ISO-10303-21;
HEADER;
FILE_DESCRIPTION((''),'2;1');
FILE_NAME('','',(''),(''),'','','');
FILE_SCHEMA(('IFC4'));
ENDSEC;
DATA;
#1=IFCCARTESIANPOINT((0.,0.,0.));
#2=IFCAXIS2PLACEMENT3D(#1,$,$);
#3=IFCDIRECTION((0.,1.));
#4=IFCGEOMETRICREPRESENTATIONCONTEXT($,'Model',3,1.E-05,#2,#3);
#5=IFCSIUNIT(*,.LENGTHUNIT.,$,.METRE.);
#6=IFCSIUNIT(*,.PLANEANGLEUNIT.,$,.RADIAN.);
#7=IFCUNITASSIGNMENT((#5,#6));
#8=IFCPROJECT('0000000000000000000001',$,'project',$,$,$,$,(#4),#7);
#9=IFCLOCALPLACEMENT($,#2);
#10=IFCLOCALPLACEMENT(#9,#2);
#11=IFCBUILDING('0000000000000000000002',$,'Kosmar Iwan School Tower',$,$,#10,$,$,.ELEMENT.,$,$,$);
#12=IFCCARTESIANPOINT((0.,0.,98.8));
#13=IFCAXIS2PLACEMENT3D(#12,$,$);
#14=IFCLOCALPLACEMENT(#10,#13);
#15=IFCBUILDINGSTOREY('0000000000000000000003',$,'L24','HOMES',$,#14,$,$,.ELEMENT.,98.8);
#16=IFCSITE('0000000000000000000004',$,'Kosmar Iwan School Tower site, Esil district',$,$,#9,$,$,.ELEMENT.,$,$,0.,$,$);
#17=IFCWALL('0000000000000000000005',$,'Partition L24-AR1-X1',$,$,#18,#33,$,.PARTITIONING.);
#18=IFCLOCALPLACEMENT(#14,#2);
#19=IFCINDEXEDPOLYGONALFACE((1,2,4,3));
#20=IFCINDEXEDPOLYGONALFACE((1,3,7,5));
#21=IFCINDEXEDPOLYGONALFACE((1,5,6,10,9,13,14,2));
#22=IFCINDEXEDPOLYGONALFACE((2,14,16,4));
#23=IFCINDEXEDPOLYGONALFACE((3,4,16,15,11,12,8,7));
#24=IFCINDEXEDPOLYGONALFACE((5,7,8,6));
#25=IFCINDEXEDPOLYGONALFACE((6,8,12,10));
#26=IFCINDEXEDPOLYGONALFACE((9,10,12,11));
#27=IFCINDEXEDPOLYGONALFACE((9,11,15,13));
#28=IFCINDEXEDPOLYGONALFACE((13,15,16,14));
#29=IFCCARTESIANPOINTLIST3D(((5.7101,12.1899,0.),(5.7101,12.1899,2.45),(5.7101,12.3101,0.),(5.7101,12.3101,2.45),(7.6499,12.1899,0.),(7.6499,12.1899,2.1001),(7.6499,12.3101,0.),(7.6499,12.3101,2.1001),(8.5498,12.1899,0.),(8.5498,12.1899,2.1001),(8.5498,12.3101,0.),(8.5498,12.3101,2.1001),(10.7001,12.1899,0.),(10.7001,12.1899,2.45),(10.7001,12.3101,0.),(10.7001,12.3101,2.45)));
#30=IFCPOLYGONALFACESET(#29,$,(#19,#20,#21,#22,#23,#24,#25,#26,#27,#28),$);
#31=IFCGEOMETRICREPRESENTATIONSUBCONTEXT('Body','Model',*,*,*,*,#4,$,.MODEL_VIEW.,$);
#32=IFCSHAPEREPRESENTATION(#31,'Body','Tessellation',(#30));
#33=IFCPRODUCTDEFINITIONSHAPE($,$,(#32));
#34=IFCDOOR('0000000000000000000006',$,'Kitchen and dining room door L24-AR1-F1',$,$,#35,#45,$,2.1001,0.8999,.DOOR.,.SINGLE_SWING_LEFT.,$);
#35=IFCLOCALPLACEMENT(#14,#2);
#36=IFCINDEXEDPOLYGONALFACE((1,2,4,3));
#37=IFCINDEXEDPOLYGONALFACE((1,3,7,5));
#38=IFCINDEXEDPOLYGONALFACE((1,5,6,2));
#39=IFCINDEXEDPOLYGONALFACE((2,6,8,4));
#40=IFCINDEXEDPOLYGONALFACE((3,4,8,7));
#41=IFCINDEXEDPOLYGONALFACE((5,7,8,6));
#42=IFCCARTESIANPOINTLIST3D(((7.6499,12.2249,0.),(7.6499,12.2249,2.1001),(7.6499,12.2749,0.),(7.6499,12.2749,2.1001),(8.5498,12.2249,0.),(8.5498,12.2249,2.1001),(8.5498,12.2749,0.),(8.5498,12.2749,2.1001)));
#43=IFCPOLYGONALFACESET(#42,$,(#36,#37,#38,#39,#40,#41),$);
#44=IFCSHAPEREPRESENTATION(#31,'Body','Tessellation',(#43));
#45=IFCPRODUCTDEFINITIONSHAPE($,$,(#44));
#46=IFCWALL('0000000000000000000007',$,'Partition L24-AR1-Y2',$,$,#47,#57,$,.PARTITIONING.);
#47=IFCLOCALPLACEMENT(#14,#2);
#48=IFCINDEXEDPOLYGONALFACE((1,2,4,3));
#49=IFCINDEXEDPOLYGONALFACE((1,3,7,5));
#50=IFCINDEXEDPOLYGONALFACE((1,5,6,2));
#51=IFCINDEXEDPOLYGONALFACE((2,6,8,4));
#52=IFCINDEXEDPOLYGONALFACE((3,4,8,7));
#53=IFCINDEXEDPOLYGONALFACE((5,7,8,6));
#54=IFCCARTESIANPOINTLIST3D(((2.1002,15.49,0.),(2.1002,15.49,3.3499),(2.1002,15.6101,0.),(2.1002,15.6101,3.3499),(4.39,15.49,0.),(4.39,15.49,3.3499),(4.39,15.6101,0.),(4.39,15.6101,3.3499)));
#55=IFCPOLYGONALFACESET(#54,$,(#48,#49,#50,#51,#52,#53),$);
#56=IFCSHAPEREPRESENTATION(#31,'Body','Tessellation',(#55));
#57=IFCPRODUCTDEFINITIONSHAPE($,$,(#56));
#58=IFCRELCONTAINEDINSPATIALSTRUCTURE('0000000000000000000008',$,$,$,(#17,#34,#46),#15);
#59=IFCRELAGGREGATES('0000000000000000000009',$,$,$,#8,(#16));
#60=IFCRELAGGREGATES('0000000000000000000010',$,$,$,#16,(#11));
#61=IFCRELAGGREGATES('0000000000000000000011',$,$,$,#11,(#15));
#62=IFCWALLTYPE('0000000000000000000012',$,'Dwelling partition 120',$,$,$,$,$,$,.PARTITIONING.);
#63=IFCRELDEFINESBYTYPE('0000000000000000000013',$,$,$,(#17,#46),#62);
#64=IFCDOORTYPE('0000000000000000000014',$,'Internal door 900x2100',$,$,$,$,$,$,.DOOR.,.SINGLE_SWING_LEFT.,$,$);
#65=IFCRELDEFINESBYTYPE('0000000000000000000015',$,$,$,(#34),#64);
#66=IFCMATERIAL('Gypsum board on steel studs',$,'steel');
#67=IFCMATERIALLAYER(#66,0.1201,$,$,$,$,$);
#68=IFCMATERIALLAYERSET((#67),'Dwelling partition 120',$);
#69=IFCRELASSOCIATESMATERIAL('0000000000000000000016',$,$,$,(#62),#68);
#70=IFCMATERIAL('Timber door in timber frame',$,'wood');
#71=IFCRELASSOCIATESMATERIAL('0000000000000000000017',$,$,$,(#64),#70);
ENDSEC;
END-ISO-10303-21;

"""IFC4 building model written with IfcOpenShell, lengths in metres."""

from ifc_helpers import new_model, si_unit, direction, frame, frame_2d, origin, place, context, subcontext, project, spatial, rectangle, extrude, material, layer, layer_set, type_object, element, fill, save


model = new_model("IFC4")

# Units and contexts
model_context = context("Model", 3, precision=1e-05, world=origin(), true_north=direction((0.0, 1.0)))
body_context = subcontext(model_context, "Body", "Model", "MODEL_VIEW")
ifc_project = project(units=[si_unit("LENGTHUNIT", "METRE"), si_unit("PLANEANGLEUNIT", "RADIAN")], contexts=[model_context])

# Site, building, storey
site_placement = place(None, origin())
site = spatial("IfcSite", under=ifc_project, at=site_placement, Name="Kosmar Iwan School Tower site, Esil district", CompositionType="ELEMENT", RefElevation=0.0)
building_placement = place(site_placement, origin())
building = spatial("IfcBuilding", under=site, at=building_placement, Name="Kosmar Iwan School Tower", CompositionType="ELEMENT")
storey_placement = place(building_placement, frame((0.0, 0.0, 98.8)))
storey = spatial("IfcBuildingStorey", under=building, at=storey_placement, Name="L24", Description="HOMES", CompositionType="ELEMENT", Elevation=98.8)

# Wall, opening, door
ifc_material_1 = material(Name="Gypsum board on steel studs", Category="steel")
ifc_layer_1 = layer(ifc_material_1, 0.1201)
ifc_layer_set_1 = layer_set([ifc_layer_1], Name="Dwelling partition 120")
wall_type_1 = type_object("IfcWallType", Name="Dwelling partition 120", PredefinedType="PARTITIONING", material=ifc_layer_set_1)
wall_1_placement = place(storey_placement, frame((5.71, 12.25, 0.0), z_axis=(0.0, 0.0, 1.0), x_axis=(1.0, 0.0, 0.0)))
wall_1 = element("IfcWall", 1, at=wall_1_placement, inside=storey, type_object=wall_type_1, Name="Partition L24-AR1-X1", PredefinedType="PARTITIONING", context=body_context, shape_type="SweptSolid", body=[
    extrude(rectangle(XDim=4.99, YDim=0.1201, at=frame_2d((2.4951, 0.0))), origin(), (0.0, 0.0, 1.0), 2.45),
])
opening_1_placement = place(wall_1_placement, frame((1.9399, 0.0, 0.0)))
opening_1 = element("IfcOpeningElement", 2, at=opening_1_placement, cuts=wall_1, PredefinedType="OPENING", context=body_context, shape_type="SweptSolid", body=[
    extrude(rectangle(XDim=0.8999, YDim=2.1001, at=frame_2d((0.45, 1.05))), frame((0.0, 0.072, 0.0), z_axis=(0.0, -1.0, 0.0), x_axis=(1.0, 0.0, 0.0)), (0.0, 0.0, 1.0), 0.144),
])
ifc_material_2 = material(Name="Timber door in timber frame", Category="wood")
door_type_1 = type_object("IfcDoorType", Name="Internal door 900x2100", OperationType="SINGLE_SWING_LEFT", PredefinedType="DOOR", material=ifc_material_2)
door_1_placement = place(opening_1_placement, origin())
door_1 = element("IfcDoor", 3, at=door_1_placement, inside=storey, type_object=door_type_1, Name="Kitchen and dining room door L24-AR1-F1", OperationType="SINGLE_SWING_LEFT", OverallHeight=2.1001, OverallWidth=0.8999, PredefinedType="DOOR", context=body_context, shape_type="SweptSolid", body=[
    extrude(rectangle(XDim=0.8999, YDim=2.1001, at=frame_2d((0.45, 1.05))), frame((0.0, 0.0249, 0.0), z_axis=(0.0, -1.0, 0.0), x_axis=(1.0, 0.0, 0.0)), (0.0, 0.0, 1.0), 0.05),
])
fill(opening_1, door_1)

# Wall
wall_2_placement = place(storey_placement, frame((2.1001, 15.55, 0.0), z_axis=(0.0, 0.0, 1.0), x_axis=(1.0, 0.0, 0.0)))
element("IfcWall", 4, at=wall_2_placement, inside=storey, type_object=wall_type_1, Name="Partition L24-AR1-Y2", PredefinedType="PARTITIONING", context=body_context, shape_type="SweptSolid", body=[
    extrude(rectangle(XDim=2.2898, YDim=0.1201, at=frame_2d((1.145, 0.0))), origin(), (0.0, 0.0, 1.0), 3.3499),
])

save(model, "model.ifc")
